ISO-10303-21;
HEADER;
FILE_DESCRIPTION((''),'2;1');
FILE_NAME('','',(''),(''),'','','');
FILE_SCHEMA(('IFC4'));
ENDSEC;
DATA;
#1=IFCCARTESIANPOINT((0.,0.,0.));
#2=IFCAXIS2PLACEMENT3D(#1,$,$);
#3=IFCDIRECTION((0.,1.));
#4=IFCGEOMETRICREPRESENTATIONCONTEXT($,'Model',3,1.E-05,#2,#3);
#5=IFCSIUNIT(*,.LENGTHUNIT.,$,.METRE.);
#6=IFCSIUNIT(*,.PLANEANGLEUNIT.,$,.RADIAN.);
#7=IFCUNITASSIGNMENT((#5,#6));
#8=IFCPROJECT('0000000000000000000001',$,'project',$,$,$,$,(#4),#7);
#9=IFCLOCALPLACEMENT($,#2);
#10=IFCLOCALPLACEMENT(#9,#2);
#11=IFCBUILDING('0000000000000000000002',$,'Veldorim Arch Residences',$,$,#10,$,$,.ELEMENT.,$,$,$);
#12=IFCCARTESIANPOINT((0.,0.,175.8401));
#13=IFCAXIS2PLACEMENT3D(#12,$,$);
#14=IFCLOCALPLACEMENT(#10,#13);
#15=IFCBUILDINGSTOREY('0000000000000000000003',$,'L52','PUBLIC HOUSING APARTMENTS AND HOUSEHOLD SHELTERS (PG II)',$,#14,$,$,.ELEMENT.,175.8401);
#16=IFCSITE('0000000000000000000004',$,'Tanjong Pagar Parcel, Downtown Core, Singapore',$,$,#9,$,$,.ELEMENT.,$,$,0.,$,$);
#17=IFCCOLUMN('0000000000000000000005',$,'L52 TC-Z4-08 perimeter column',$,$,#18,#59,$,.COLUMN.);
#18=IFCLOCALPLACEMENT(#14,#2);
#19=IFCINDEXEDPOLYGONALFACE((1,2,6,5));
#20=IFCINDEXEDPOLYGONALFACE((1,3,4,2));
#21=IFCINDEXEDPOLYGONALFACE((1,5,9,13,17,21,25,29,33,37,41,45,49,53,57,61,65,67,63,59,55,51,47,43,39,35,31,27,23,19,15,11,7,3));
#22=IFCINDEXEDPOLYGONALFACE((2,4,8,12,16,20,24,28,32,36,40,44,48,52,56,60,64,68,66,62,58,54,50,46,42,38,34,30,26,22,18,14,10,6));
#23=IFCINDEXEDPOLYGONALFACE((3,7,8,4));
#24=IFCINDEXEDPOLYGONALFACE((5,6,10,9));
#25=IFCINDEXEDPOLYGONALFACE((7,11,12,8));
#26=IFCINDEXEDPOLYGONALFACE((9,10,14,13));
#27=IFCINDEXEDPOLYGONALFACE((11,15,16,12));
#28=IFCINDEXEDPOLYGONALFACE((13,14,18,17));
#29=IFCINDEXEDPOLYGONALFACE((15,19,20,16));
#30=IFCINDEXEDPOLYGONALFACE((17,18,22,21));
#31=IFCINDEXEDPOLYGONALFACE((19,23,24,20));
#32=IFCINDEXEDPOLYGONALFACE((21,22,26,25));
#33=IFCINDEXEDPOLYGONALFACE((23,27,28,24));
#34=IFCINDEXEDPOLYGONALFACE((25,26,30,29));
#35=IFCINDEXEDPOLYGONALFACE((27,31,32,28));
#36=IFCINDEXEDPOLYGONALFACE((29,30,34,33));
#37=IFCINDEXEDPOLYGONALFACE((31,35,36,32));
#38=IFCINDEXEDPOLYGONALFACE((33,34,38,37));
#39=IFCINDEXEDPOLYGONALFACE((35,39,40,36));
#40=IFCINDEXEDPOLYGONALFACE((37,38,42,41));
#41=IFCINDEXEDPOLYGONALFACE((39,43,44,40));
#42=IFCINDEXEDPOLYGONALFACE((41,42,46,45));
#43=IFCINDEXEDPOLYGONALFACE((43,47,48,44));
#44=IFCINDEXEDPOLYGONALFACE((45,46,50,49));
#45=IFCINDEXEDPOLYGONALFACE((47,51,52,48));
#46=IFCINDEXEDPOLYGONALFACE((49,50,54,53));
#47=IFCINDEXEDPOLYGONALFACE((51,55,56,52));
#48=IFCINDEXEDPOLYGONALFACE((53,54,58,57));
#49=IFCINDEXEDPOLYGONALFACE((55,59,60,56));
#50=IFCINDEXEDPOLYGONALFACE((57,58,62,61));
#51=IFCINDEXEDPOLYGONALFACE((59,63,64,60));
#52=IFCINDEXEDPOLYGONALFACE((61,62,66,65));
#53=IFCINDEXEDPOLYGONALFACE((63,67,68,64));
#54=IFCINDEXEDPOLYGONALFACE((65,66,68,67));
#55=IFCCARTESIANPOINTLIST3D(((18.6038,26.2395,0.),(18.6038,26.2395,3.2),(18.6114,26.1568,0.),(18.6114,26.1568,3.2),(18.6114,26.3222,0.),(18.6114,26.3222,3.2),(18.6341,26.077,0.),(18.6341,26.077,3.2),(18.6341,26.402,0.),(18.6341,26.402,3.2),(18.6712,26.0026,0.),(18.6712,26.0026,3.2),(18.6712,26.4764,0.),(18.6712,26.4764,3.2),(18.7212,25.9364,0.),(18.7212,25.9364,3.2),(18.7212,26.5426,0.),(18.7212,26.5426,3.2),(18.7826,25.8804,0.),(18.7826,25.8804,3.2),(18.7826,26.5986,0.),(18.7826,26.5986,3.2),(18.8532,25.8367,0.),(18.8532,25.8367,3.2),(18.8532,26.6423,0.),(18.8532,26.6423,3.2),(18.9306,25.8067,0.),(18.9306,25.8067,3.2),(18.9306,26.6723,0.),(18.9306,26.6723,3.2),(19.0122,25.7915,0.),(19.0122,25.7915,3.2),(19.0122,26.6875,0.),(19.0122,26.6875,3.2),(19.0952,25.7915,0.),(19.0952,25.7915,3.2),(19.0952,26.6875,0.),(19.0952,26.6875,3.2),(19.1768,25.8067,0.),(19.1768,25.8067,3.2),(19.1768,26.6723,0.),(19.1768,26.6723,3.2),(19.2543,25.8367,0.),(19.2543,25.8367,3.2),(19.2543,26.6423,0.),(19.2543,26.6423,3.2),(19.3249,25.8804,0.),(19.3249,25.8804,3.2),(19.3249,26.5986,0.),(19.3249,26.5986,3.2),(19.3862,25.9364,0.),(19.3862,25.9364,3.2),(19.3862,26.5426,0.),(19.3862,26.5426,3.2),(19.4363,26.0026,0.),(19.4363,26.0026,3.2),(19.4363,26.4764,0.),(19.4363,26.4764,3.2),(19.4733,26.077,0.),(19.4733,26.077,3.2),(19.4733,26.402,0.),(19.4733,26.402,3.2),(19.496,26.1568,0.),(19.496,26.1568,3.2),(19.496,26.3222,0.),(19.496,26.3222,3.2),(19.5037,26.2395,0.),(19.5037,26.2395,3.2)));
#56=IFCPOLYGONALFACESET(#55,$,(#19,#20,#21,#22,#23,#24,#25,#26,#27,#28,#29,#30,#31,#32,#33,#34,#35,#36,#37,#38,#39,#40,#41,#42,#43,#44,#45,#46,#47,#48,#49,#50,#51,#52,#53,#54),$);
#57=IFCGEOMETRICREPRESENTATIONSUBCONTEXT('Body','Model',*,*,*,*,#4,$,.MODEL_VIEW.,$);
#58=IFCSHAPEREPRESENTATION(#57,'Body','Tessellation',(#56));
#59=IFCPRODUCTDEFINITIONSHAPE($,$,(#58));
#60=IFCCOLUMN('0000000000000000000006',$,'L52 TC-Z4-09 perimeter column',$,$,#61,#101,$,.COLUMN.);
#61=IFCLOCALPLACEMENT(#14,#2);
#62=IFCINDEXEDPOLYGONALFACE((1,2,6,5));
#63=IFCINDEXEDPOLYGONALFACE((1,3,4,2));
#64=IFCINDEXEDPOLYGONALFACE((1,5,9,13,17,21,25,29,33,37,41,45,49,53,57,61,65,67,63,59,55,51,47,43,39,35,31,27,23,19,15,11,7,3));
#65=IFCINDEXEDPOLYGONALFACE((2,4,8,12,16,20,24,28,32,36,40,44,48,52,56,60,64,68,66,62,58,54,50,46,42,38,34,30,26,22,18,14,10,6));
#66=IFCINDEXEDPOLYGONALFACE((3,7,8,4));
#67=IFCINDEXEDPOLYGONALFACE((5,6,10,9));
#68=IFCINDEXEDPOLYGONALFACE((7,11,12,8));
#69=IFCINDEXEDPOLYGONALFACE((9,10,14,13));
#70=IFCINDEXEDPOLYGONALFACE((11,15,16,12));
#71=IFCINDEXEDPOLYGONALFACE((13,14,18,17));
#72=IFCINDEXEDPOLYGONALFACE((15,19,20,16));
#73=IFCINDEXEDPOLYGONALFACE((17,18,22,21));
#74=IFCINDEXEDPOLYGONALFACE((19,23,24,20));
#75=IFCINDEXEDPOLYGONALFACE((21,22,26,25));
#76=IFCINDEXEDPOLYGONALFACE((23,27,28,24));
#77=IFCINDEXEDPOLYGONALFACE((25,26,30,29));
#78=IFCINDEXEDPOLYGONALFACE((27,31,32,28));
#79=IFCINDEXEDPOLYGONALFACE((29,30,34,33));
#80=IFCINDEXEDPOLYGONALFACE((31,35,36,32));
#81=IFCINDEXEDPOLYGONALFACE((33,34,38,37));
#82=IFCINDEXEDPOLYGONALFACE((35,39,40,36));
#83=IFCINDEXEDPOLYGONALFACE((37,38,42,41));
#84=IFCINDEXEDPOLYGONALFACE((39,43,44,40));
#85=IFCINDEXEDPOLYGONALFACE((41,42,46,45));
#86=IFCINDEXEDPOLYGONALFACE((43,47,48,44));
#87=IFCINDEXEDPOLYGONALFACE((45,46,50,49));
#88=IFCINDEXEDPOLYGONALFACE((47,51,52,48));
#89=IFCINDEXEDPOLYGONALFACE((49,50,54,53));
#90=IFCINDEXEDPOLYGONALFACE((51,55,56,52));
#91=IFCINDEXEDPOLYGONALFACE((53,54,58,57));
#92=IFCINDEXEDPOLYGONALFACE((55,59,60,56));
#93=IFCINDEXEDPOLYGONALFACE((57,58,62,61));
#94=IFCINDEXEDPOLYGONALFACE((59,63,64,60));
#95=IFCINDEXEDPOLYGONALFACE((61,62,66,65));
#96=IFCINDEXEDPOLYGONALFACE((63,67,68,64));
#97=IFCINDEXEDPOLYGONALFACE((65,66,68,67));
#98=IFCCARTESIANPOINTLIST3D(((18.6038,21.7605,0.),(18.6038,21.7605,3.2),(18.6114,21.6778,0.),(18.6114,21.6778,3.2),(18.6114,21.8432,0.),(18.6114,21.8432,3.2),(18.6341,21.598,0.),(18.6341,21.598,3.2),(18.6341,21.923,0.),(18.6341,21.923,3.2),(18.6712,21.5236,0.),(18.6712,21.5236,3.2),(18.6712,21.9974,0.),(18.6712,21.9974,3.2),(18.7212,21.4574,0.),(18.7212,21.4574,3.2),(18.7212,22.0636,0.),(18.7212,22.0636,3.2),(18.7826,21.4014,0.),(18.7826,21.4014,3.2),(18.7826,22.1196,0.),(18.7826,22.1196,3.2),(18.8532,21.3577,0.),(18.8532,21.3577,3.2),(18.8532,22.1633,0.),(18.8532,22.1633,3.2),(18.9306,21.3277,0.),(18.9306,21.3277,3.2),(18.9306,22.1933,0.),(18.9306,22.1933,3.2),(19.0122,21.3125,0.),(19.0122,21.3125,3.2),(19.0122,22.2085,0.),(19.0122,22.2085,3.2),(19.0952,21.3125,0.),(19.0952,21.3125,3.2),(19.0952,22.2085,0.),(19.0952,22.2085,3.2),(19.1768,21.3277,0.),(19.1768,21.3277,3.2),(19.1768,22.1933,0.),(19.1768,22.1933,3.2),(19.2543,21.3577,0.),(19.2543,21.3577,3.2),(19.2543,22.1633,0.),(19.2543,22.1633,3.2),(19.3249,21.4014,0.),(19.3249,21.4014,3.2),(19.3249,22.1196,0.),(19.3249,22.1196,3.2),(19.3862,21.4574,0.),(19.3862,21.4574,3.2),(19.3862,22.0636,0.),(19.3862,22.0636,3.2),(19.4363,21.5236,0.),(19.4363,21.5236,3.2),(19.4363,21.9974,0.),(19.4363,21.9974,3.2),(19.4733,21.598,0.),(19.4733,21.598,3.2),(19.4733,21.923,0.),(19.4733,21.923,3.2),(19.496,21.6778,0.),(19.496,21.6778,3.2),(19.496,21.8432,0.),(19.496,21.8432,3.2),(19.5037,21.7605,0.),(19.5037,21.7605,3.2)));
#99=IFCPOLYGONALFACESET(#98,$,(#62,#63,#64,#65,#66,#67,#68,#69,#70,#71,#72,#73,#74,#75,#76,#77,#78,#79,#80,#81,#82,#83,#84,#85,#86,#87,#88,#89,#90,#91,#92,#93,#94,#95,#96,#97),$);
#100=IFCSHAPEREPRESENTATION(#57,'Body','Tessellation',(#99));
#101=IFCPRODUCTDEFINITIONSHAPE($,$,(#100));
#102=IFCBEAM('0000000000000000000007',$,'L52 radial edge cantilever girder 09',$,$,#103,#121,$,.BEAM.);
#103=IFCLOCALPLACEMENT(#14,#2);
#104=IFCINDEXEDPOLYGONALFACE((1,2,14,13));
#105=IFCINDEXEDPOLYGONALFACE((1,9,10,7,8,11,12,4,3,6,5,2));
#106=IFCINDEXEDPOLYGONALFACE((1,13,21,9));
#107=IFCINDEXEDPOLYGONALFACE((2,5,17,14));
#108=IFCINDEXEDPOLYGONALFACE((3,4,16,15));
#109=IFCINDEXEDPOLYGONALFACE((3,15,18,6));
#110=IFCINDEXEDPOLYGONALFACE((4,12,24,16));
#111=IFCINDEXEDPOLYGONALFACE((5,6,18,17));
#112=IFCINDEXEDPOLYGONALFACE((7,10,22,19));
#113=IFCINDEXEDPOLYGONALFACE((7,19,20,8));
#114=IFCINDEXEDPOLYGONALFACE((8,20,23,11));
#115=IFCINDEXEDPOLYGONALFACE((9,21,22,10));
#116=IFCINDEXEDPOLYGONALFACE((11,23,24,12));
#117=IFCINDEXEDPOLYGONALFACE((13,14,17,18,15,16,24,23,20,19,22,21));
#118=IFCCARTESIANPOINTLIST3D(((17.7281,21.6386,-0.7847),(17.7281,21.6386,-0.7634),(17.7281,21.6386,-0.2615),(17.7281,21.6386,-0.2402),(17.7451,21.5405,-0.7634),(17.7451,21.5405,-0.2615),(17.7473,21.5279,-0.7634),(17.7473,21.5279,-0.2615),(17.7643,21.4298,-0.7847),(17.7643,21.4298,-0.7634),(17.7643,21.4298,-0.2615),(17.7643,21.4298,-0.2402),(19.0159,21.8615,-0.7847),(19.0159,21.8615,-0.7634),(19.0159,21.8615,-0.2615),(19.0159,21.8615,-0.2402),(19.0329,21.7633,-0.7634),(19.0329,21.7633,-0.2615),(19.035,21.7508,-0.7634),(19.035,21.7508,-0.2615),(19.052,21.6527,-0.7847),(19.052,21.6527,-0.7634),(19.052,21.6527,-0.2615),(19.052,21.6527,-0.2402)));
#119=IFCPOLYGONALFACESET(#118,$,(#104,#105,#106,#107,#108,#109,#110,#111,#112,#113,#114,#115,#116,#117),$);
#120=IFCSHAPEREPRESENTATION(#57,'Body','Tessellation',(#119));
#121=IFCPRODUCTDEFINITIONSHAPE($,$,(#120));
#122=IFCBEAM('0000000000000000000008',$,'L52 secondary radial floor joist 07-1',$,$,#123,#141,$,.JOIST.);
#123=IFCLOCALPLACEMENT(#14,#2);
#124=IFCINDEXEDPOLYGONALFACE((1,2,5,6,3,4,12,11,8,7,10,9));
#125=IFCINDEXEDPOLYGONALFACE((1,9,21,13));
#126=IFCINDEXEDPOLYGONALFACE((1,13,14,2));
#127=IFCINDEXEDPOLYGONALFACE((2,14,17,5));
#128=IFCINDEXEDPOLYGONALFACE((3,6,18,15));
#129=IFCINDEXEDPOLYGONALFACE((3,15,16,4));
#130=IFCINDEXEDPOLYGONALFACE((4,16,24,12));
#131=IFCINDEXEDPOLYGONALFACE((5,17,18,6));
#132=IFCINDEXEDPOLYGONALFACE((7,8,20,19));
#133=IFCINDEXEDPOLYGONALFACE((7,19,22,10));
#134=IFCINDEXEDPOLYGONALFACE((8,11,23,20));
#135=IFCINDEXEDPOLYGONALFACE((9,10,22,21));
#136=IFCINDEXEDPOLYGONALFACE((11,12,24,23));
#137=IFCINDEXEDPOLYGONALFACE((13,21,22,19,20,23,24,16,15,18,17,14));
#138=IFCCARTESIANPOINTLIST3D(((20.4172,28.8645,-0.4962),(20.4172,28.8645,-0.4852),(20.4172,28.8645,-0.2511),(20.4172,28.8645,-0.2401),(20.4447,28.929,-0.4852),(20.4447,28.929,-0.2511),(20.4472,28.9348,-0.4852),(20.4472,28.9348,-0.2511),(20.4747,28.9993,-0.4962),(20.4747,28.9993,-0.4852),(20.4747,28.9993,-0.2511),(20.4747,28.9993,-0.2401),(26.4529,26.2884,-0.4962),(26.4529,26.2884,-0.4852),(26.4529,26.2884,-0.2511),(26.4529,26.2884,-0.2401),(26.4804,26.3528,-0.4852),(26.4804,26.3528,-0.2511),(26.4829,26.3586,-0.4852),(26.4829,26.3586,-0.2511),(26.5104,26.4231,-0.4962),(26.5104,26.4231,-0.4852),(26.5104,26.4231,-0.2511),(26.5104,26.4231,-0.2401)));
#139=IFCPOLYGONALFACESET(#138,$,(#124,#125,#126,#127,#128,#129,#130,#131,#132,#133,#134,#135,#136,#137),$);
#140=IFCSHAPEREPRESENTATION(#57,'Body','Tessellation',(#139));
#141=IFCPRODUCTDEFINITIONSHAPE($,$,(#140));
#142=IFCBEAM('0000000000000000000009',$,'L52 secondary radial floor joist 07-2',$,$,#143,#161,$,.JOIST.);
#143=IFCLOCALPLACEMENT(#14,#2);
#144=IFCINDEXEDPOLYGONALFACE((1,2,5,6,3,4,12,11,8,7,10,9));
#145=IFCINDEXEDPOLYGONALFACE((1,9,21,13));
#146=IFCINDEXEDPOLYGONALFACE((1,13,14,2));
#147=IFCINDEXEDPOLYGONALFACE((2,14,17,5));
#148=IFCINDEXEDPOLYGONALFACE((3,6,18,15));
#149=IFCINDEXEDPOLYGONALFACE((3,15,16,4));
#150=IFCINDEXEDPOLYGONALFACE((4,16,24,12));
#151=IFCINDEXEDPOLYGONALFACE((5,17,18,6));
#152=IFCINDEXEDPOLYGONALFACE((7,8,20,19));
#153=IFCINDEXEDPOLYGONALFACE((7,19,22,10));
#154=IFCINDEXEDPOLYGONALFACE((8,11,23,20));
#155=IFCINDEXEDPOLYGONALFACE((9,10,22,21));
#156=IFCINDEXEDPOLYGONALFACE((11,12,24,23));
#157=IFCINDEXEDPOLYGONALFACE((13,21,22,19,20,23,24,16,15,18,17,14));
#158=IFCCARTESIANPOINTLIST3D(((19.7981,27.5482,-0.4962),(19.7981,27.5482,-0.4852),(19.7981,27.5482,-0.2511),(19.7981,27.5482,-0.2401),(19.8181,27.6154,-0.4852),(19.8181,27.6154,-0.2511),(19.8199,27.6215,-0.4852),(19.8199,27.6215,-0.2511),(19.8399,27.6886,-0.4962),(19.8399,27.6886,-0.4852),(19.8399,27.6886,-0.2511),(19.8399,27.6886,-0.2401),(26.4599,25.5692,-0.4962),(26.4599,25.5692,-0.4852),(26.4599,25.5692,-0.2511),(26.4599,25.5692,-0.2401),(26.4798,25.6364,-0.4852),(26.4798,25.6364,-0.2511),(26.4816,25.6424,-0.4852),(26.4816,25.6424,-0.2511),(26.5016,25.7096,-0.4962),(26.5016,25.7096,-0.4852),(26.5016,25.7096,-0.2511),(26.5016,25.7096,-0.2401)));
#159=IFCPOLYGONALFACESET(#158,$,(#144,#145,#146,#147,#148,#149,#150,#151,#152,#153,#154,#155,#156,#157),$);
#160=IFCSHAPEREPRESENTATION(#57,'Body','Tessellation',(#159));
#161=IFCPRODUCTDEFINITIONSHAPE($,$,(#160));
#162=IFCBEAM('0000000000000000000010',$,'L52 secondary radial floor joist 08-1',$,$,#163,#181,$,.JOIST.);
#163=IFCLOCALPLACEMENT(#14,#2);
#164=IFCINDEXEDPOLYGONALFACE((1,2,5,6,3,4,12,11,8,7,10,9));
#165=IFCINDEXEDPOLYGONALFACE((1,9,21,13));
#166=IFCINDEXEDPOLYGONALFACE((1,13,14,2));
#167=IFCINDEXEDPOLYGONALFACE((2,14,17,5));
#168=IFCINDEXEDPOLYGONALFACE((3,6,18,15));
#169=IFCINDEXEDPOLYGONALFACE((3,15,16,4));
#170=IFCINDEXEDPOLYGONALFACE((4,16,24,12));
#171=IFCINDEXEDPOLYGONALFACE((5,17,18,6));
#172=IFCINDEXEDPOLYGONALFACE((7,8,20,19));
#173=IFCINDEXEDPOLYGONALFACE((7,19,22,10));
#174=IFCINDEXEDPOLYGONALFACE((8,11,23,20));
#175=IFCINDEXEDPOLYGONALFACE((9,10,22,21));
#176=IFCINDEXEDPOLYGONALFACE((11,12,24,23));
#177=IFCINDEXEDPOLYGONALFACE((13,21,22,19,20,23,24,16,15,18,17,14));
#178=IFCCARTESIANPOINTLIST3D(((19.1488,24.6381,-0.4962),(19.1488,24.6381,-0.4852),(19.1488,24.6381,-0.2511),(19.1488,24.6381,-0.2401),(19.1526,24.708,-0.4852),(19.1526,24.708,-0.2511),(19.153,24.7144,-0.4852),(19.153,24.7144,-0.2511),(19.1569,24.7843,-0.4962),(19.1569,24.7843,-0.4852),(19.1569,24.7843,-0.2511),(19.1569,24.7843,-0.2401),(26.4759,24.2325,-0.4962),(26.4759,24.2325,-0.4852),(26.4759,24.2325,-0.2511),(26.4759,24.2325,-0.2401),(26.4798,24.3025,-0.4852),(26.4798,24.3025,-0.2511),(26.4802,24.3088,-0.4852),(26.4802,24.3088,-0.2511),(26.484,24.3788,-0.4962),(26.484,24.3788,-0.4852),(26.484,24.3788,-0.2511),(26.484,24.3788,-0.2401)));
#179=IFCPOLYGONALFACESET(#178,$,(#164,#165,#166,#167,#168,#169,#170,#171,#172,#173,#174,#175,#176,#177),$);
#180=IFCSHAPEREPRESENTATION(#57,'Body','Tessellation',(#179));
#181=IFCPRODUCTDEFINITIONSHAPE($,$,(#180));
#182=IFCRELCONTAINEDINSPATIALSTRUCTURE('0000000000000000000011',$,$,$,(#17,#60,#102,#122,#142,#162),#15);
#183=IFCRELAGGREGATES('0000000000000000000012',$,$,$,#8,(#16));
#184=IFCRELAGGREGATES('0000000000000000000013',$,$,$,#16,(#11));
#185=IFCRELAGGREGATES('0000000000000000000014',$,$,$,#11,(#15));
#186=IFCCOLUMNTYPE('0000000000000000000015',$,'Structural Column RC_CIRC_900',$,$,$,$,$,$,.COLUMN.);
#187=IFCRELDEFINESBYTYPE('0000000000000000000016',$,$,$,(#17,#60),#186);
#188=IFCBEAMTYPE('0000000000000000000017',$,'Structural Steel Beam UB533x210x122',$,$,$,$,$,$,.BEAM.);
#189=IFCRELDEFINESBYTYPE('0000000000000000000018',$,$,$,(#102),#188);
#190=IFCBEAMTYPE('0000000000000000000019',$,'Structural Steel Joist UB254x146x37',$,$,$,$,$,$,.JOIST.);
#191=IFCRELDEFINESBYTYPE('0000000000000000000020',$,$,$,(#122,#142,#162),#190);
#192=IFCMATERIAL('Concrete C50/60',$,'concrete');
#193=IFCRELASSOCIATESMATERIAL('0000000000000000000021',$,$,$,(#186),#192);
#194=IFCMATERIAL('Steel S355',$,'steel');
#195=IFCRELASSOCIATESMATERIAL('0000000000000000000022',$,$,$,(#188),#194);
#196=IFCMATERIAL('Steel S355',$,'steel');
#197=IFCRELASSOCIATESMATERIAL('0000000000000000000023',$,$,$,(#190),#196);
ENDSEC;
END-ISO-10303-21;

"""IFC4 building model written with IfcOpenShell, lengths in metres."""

from ifc_helpers import new_model, si_unit, direction, frame, origin, origin_2d, place, context, subcontext, project, spatial, circle, i_section, extrude, material, material_profile, profile_set, type_object, element, save


model = new_model("IFC4")

# Units and contexts
model_context = context("Model", 3, precision=1e-05, world=origin(), true_north=direction((0.0, 1.0)))
body_context = subcontext(model_context, "Body", "Model", "MODEL_VIEW")
ifc_project = project(units=[si_unit("LENGTHUNIT", "METRE"), si_unit("PLANEANGLEUNIT", "RADIAN")], contexts=[model_context])

# Site, building, storey
site_placement = place(None, origin())
site = spatial("IfcSite", under=ifc_project, at=site_placement, Name="Tanjong Pagar Parcel, Downtown Core, Singapore", CompositionType="ELEMENT", RefElevation=0.0)
building_placement = place(site_placement, origin())
building = spatial("IfcBuilding", under=site, at=building_placement, Name="Veldorim Arch Residences", CompositionType="ELEMENT")
storey_placement = place(building_placement, frame((0.0, 0.0, 175.8401)))
storey = spatial("IfcBuildingStorey", under=building, at=storey_placement, Name="L52", Description="PUBLIC HOUSING APARTMENTS AND HOUSEHOLD SHELTERS (PG II)", CompositionType="ELEMENT", Elevation=175.8401)

# Columns
ifc_material_1 = material(Name="Concrete C50/60", Category="concrete")
ifc_material_profile_1 = material_profile(ifc_material_1, circle(Radius=0.45, at=origin_2d()), Name="RC_CIRC_900")
ifc_profile_set_1 = profile_set([ifc_material_profile_1], Name="Concrete C50/60")
column_type = type_object("IfcColumnType", Name="Structural Column RC_CIRC_900", PredefinedType="COLUMN", material=ifc_profile_set_1)
for number, where, z_axis, x_axis, name in (
    (1, (19.0537, 26.2395, 0.0), (0.0, 0.0, 1.0), (1.0, 0.0, 0.0), "L52 TC-Z4-08 perimeter column"),
    (2, (19.0537, 21.7605, 0.0), (0.0, 0.0, 1.0), (1.0, 0.0, 0.0), "L52 TC-Z4-09 perimeter column"),
):
    element("IfcColumn", number, at=place(storey_placement, frame(where, z_axis=z_axis, x_axis=x_axis)), inside=storey, type_object=column_type, Name=name, PredefinedType="COLUMN", context=body_context, shape_type="SweptSolid", body=[
        extrude(circle(Radius=0.45, at=origin_2d()), origin(), (0.0, 0.0, 1.0), 3.2),
    ])

# Beams
ifc_material_2 = material(Name="Steel S355", Category="steel")
ifc_material_profile_2 = material_profile(ifc_material_2, i_section(OverallWidth=0.2119, OverallDepth=0.5444, WebThickness=0.0127, FlangeThickness=0.0212, at=origin_2d()), Name="UB533x210x122")
ifc_profile_set_2 = profile_set([ifc_material_profile_2], Name="Steel S355")
beam_type_1 = type_object("IfcBeamType", Name="Structural Steel Beam UB533x210x122", PredefinedType="BEAM", material=ifc_profile_set_2)
beam_1_placement = place(storey_placement, frame((19.0339, 21.7571, -0.5125), z_axis=(-0.98535, -0.170545, 0.0), x_axis=(0.170545, -0.98535, 0.0)))
element("IfcBeam", 3, at=beam_1_placement, inside=storey, type_object=beam_type_1, Name="L52 radial edge cantilever girder 09", PredefinedType="BEAM", context=body_context, shape_type="SweptSolid", body=[
    extrude(i_section(OverallWidth=0.2119, OverallDepth=0.5444, WebThickness=0.0127, FlangeThickness=0.0212, at=origin_2d()), origin(), (0.0, 0.0, 1.0), 1.3069),
])
ifc_material_3 = material(Name="Steel S355", Category="steel")
ifc_material_profile_3 = material_profile(ifc_material_3, i_section(OverallWidth=0.1465, OverallDepth=0.2561, WebThickness=0.0063, FlangeThickness=0.011, at=origin_2d()), Name="UB254x146x37")
ifc_profile_set_3 = profile_set([ifc_material_profile_3], Name="Steel S355")
beam_type_2 = type_object("IfcBeamType", Name="Structural Steel Joist UB254x146x37", PredefinedType="JOIST", material=ifc_profile_set_3)
beam_2_placement = place(storey_placement, frame((26.4817, 26.3557, -0.3682), z_axis=(-0.919725, 0.392563, 0.0), x_axis=(-0.392563, -0.919725, 0.0)))
element("IfcBeam", 4, at=beam_2_placement, inside=storey, type_object=beam_type_2, Name="L52 secondary radial floor joist 07-1", PredefinedType="JOIST", context=body_context, shape_type="SweptSolid", body=[
    extrude(i_section(OverallWidth=0.1465, OverallDepth=0.2561, WebThickness=0.0063, FlangeThickness=0.011, at=origin_2d()), origin(), (0.0, 0.0, 1.0), 6.5625),
])
beam_3_placement = place(storey_placement, frame((26.4807, 25.6394, -0.3682), z_axis=(-0.958594, 0.284775, 0.0), x_axis=(-0.284775, -0.958594, 0.0)))
element("IfcBeam", 5, at=beam_3_placement, inside=storey, type_object=beam_type_2, Name="L52 secondary radial floor joist 07-2", PredefinedType="JOIST", context=body_context, shape_type="SweptSolid", body=[
    extrude(i_section(OverallWidth=0.1465, OverallDepth=0.2561, WebThickness=0.0063, FlangeThickness=0.011, at=origin_2d()), origin(), (0.0, 0.0, 1.0), 6.9495),
])
for number, where, z_axis, x_axis, name in (
    (6, (26.48, 24.3057, -0.3682), (-0.998472, 0.05526, 0.0), (-0.05526, -0.998472, 0.0), "L52 secondary radial floor joist 08-1"),
):
    element("IfcBeam", number, at=place(storey_placement, frame(where, z_axis=z_axis, x_axis=x_axis)), inside=storey, type_object=beam_type_2, Name=name, PredefinedType="JOIST", context=body_context, shape_type="SweptSolid", body=[
        extrude(i_section(OverallWidth=0.1465, OverallDepth=0.2561, WebThickness=0.0063, FlangeThickness=0.011, at=origin_2d()), origin(), (0.0, 0.0, 1.0), 7.3384),
    ])

save(model, "model.ifc")
